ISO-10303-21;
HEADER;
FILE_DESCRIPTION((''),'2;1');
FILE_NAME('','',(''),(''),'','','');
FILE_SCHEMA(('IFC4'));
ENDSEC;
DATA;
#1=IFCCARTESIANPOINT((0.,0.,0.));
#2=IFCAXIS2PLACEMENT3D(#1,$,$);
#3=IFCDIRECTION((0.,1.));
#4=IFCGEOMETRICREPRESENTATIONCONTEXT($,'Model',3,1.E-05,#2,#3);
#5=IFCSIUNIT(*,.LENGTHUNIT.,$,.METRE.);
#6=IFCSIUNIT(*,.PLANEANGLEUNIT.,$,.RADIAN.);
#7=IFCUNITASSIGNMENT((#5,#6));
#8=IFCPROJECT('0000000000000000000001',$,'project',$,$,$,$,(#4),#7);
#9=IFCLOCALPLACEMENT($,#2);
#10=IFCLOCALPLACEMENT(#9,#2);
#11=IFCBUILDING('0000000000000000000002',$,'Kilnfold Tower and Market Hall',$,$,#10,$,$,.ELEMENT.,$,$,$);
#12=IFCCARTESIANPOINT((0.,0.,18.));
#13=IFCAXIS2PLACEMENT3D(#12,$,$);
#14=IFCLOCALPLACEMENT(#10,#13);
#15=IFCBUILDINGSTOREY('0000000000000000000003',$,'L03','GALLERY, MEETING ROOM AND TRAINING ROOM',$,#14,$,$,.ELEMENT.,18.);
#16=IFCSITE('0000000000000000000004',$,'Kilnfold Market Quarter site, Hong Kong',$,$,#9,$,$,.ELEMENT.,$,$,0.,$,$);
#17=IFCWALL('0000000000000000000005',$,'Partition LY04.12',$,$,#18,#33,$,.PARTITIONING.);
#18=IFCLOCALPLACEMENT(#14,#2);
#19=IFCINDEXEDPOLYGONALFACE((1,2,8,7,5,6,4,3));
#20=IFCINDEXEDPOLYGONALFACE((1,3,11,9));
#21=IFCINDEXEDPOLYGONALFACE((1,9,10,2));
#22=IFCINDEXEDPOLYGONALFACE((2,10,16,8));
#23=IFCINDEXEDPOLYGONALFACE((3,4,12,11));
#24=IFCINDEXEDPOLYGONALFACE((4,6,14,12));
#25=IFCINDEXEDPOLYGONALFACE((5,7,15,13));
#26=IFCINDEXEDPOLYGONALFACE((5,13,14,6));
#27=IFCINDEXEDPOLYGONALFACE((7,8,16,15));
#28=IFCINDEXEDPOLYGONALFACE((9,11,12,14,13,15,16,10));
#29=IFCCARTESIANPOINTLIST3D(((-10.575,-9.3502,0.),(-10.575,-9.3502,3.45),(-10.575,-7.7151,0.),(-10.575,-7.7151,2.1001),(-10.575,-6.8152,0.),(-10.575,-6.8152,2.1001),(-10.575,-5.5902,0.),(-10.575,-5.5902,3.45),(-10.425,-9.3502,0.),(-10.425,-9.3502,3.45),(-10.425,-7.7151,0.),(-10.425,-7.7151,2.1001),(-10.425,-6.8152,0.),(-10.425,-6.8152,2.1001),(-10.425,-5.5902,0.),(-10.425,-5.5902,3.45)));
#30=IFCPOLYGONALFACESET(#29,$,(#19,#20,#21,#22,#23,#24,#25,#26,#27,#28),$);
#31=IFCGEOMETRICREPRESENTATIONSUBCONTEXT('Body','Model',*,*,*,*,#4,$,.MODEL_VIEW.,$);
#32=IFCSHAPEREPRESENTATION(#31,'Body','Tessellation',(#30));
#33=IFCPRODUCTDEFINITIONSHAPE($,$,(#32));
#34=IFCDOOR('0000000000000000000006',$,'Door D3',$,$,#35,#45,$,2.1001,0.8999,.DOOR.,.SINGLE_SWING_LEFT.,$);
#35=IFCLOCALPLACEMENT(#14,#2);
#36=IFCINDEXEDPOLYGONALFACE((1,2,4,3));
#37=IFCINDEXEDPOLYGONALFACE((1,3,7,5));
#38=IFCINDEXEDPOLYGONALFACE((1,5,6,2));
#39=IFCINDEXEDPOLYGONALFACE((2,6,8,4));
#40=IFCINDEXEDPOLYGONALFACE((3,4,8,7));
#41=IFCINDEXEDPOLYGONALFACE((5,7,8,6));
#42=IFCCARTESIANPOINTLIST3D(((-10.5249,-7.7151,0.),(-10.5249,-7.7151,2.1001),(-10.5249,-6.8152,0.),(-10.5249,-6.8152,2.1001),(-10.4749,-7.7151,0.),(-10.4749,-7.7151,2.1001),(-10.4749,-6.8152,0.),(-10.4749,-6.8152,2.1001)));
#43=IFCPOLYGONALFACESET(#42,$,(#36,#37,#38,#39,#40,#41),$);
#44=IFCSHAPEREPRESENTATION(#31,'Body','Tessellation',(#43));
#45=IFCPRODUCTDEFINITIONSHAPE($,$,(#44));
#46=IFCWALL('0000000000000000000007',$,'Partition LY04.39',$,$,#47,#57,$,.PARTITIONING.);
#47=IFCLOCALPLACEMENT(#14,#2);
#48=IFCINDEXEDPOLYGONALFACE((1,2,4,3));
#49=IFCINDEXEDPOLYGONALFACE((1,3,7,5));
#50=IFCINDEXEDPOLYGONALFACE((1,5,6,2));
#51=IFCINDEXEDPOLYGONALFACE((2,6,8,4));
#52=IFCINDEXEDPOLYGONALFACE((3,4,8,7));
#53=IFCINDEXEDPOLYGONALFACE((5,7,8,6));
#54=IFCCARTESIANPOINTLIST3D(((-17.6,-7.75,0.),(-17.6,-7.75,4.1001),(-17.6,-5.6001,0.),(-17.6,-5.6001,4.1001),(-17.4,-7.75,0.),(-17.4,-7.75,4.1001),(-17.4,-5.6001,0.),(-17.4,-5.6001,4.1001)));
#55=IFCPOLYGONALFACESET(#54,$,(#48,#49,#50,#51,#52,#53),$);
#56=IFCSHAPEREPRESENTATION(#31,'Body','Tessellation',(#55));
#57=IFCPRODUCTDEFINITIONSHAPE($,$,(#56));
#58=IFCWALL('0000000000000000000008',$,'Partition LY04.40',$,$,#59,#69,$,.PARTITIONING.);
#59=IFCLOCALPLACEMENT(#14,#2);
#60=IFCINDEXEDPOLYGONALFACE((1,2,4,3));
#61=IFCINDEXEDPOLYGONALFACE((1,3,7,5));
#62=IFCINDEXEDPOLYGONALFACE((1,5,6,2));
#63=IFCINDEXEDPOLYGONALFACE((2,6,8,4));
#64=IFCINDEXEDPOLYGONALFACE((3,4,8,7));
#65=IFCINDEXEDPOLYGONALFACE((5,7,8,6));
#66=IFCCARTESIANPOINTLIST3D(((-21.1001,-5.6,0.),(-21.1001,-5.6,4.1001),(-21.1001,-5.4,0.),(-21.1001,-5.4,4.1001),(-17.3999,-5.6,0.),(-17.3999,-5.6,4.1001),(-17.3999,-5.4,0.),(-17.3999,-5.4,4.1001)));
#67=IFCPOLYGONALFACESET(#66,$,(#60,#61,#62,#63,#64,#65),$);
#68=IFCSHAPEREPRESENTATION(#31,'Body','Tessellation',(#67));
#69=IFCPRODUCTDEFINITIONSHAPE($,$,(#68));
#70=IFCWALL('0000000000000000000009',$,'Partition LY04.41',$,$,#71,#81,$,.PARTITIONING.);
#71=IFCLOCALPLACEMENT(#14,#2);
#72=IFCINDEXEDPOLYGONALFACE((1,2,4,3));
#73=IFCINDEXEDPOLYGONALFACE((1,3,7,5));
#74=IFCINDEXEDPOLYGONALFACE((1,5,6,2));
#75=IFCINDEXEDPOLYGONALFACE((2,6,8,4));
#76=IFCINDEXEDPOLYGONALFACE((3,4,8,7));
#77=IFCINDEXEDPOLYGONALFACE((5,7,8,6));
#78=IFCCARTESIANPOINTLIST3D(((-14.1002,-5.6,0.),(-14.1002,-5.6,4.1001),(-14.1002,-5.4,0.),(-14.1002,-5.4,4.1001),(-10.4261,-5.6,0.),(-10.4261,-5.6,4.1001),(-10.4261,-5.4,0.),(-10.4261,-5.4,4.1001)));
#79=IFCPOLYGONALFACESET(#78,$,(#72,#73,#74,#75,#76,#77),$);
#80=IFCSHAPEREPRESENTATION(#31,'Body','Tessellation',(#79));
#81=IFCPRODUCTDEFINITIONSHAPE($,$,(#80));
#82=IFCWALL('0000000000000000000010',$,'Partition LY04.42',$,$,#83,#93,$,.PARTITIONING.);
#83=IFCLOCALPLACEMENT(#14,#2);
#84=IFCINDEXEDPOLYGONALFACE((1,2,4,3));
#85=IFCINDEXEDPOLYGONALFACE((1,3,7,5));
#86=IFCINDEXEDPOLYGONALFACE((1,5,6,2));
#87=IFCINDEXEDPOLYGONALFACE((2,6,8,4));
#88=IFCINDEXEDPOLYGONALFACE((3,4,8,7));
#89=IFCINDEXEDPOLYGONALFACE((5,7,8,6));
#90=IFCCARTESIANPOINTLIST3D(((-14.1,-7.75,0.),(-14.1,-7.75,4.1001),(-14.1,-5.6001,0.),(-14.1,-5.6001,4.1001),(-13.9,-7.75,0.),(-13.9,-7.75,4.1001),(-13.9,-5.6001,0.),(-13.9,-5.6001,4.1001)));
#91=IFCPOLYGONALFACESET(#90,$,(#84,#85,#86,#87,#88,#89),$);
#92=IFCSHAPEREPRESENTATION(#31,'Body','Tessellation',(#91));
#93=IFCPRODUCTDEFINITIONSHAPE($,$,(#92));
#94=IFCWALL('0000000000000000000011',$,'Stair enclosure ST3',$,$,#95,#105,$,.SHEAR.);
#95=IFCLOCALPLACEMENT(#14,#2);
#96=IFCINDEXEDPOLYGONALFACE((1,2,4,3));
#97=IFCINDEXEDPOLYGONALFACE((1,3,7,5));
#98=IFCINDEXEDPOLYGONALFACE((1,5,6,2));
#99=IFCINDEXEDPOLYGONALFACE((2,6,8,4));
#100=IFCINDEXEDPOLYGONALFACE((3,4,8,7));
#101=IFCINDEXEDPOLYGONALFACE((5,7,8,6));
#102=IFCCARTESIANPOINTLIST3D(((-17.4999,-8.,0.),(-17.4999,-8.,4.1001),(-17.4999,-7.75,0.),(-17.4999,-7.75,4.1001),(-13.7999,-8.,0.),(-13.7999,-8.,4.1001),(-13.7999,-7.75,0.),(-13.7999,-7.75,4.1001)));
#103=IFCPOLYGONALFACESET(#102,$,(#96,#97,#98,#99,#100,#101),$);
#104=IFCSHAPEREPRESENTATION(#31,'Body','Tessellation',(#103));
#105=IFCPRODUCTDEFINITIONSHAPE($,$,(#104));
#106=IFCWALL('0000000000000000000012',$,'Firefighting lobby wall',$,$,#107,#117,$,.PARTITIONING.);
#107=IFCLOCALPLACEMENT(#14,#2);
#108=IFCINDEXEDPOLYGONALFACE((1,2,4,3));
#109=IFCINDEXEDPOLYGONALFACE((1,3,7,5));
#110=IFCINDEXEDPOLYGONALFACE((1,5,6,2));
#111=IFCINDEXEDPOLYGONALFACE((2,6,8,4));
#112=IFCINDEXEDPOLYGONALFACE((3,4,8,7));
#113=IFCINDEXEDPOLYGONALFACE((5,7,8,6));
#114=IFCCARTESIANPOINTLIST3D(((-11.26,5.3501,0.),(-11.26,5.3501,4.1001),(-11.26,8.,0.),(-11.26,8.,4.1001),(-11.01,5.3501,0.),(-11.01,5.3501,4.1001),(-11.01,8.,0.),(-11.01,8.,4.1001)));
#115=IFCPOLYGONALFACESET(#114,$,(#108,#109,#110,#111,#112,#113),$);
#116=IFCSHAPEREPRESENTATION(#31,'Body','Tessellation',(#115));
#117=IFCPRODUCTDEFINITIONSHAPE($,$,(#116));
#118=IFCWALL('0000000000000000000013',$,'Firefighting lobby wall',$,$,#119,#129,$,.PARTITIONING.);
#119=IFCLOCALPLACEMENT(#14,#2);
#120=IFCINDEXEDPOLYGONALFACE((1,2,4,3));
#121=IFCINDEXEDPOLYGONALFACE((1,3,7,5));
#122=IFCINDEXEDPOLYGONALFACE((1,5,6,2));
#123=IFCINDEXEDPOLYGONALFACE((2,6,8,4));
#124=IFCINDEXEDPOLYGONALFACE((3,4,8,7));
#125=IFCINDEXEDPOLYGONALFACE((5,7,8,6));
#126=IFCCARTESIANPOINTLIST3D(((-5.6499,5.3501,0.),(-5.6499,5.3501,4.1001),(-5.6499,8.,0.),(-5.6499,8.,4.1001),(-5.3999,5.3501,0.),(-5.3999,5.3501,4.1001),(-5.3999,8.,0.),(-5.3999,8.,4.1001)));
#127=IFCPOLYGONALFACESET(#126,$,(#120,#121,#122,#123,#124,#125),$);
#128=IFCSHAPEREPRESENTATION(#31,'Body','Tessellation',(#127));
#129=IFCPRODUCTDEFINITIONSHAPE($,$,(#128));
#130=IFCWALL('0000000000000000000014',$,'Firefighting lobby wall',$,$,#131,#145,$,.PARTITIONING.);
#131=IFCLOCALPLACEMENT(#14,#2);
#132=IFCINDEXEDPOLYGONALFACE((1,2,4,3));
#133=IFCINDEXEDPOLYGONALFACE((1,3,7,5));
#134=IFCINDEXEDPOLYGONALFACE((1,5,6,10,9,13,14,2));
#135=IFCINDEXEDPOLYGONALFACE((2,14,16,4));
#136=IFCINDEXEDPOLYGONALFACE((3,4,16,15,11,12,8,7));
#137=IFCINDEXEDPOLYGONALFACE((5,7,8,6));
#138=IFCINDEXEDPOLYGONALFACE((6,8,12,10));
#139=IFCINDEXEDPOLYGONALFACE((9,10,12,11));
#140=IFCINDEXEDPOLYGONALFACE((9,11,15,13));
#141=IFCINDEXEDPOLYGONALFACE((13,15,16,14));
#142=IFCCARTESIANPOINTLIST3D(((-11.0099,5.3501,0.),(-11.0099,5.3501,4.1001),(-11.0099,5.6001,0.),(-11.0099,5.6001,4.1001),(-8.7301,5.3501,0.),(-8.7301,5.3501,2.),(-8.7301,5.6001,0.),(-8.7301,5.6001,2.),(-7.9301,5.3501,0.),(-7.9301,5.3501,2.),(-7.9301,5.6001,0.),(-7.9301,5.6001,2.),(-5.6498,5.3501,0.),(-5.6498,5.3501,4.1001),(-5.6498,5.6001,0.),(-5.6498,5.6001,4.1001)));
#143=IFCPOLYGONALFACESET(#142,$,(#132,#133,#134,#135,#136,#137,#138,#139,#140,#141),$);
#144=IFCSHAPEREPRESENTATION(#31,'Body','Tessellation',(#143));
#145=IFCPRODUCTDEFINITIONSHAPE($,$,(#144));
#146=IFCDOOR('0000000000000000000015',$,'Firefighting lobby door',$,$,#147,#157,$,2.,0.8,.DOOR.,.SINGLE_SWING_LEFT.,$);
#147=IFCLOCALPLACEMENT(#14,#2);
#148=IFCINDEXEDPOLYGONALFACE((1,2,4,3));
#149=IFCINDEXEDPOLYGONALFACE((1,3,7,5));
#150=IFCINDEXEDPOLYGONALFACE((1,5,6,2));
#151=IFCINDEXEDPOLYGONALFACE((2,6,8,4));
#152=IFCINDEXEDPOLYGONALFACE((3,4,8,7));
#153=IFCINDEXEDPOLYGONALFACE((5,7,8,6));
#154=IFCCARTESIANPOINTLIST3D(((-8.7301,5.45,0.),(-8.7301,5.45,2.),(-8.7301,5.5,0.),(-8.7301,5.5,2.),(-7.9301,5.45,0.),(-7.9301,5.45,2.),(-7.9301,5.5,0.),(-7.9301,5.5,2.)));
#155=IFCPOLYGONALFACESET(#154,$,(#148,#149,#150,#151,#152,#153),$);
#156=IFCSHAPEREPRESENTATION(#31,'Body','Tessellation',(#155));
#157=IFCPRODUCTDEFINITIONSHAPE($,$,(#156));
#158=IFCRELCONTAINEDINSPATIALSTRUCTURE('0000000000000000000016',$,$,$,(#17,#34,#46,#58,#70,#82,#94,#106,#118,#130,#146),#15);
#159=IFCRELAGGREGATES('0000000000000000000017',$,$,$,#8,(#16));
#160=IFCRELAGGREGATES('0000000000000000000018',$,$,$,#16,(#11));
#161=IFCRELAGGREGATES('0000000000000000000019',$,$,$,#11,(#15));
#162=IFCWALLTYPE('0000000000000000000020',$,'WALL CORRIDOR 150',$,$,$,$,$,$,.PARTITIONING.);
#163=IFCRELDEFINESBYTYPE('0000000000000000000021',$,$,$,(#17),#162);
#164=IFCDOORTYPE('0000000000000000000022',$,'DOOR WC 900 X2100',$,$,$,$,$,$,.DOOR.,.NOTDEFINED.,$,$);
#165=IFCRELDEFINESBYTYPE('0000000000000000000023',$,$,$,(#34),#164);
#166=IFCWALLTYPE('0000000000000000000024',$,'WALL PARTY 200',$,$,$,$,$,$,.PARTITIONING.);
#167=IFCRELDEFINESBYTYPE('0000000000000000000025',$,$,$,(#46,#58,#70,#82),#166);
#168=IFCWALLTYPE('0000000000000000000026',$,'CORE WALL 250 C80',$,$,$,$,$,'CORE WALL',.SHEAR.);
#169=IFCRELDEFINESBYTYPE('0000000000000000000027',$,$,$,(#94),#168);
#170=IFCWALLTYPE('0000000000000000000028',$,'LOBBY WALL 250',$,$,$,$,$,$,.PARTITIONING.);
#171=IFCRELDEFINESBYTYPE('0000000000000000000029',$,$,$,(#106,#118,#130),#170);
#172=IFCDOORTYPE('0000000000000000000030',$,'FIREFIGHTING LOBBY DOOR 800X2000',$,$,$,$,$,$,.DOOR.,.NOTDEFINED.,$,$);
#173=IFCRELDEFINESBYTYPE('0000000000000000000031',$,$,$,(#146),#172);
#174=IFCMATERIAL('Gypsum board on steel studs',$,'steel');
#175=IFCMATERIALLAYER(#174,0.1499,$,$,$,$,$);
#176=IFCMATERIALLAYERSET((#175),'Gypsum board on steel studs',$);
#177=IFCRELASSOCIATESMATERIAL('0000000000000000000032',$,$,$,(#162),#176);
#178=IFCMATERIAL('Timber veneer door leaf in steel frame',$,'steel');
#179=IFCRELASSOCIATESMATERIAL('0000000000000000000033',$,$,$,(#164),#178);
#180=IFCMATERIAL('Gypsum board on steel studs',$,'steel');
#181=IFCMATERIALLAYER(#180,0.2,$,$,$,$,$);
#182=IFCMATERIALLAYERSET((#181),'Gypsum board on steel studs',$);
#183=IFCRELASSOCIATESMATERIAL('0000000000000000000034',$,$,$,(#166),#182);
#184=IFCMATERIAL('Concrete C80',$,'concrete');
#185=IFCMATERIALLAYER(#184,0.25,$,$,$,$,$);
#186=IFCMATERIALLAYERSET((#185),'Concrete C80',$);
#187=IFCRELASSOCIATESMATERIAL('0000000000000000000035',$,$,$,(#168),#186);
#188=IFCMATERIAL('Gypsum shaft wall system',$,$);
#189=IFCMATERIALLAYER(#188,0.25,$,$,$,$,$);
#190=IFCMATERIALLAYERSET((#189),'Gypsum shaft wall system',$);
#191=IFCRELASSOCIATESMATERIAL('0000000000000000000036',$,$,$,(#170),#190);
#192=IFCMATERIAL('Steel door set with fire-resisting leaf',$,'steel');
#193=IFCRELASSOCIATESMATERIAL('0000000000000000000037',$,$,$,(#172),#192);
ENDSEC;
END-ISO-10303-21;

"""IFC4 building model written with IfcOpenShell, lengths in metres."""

from ifc_helpers import new_model, si_unit, direction, frame, frame_2d, origin, place, context, subcontext, project, spatial, rectangle, extrude, source, transform, mapped, material, layer, layer_set, type_object, element, fill, save


model = new_model("IFC4")

# Units and contexts
model_context = context("Model", 3, precision=1e-05, world=origin(), true_north=direction((0.0, 1.0)))
body_context = subcontext(model_context, "Body", "Model", "MODEL_VIEW")
ifc_project = project(units=[si_unit("LENGTHUNIT", "METRE"), si_unit("PLANEANGLEUNIT", "RADIAN")], contexts=[model_context])

# Site, building, storey
site_placement = place(None, origin())
site = spatial("IfcSite", under=ifc_project, at=site_placement, Name="Kilnfold Market Quarter site, Hong Kong", CompositionType="ELEMENT", RefElevation=0.0)
building_placement = place(site_placement, origin())
building = spatial("IfcBuilding", under=site, at=building_placement, Name="Kilnfold Tower and Market Hall", CompositionType="ELEMENT")
storey_placement = place(building_placement, frame((0.0, 0.0, 18.0)))
storey = spatial("IfcBuildingStorey", under=building, at=storey_placement, Name="L03", Description="GALLERY, MEETING ROOM AND TRAINING ROOM", CompositionType="ELEMENT", Elevation=18.0)

# Shared definitions
ifc_material_1 = material(Name="Gypsum board on steel studs", Category="steel")
ifc_layer_1 = layer(ifc_material_1, 0.1499)
ifc_layer_set_1 = layer_set([ifc_layer_1], Name="Gypsum board on steel studs")
wall_type_1 = type_object("IfcWallType", Name="WALL CORRIDOR 150", PredefinedType="PARTITIONING", material=ifc_layer_set_1)

# Wall, opening, door
wall_1_placement = place(storey_placement, frame((-10.5, -9.3501, 0.0), z_axis=(0.0, 0.0, 1.0), x_axis=(0.0, 1.0, 0.0)))
wall_1 = element("IfcWall", 1, at=wall_1_placement, inside=storey, type_object=wall_type_1, Name="Partition LY04.12", PredefinedType="PARTITIONING", context=body_context, shape_type="SweptSolid", body=[
    extrude(rectangle(XDim=3.76, YDim=0.1499, at=frame_2d((1.8799, 0.0))), origin(), (0.0, 0.0, 1.0), 3.45),
])
opening_1_placement = place(wall_1_placement, frame((1.635, 0.0, 0.0)))
opening_1 = element("IfcOpeningElement", 2, at=opening_1_placement, cuts=wall_1, PredefinedType="OPENING", context=body_context, shape_type="SweptSolid", body=[
    extrude(rectangle(XDim=0.8999, YDim=2.1001, at=frame_2d((0.45, 1.05))), frame((0.0, 0.085, 0.0), z_axis=(0.0, -1.0, 0.0), x_axis=(1.0, 0.0, 0.0)), (0.0, 0.0, 1.0), 0.1699),
])
ifc_material_2 = material(Name="Timber veneer door leaf in steel frame", Category="steel")
door_type_1 = type_object("IfcDoorType", Name="DOOR WC 900 X2100", OperationType="NOTDEFINED", PredefinedType="DOOR", material=ifc_material_2)
door_1_placement = place(opening_1_placement, origin())
door_1 = element("IfcDoor", 3, at=door_1_placement, inside=storey, type_object=door_type_1, Name="Door D3", OperationType="SINGLE_SWING_LEFT", OverallHeight=2.1001, OverallWidth=0.8999, PredefinedType="DOOR", context=body_context, shape_type="SweptSolid", body=[
    extrude(rectangle(XDim=0.8999, YDim=2.1001, at=frame_2d((0.45, 1.05))), frame((0.0, 0.0249, 0.0), z_axis=(0.0, -1.0, 0.0), x_axis=(1.0, 0.0, 0.0)), (0.0, 0.0, 1.0), 0.05),
])
fill(opening_1, door_1)

# Walls
ifc_material_3 = material(Name="Gypsum board on steel studs", Category="steel")
ifc_layer_2 = layer(ifc_material_3, 0.2)
ifc_layer_set_2 = layer_set([ifc_layer_2], Name="Gypsum board on steel studs")
wall_type_2 = type_object("IfcWallType", Name="WALL PARTY 200", PredefinedType="PARTITIONING", material=ifc_layer_set_2)
wall_2_placement = place(storey_placement, frame((-17.5, -7.75, 0.0), z_axis=(0.0, 0.0, 1.0), x_axis=(0.0, 1.0, 0.0)))
element("IfcWall", 4, at=wall_2_placement, inside=storey, type_object=wall_type_2, Name="Partition LY04.39", PredefinedType="PARTITIONING", context=body_context, shape_type="SweptSolid", body=[
    extrude(rectangle(XDim=2.1499, YDim=0.2, at=frame_2d((1.075, 0.0))), origin(), (0.0, 0.0, 1.0), 4.1001),
])
wall_3_placement = place(storey_placement, frame((-21.1001, -5.5, 0.0), z_axis=(0.0, 0.0, 1.0), x_axis=(1.0, 0.0, 0.0)))
element("IfcWall", 5, at=wall_3_placement, inside=storey, type_object=wall_type_2, Name="Partition LY04.40", PredefinedType="PARTITIONING", context=body_context, shape_type="SweptSolid", body=[
    extrude(rectangle(XDim=3.7002, YDim=0.2, at=frame_2d((1.8501, 0.0))), origin(), (0.0, 0.0, 1.0), 4.1001),
])
wall_4_placement = place(storey_placement, frame((-14.1001, -5.5, 0.0), z_axis=(0.0, 0.0, 1.0), x_axis=(1.0, 0.0, 0.0)))
element("IfcWall", 6, at=wall_4_placement, inside=storey, type_object=wall_type_2, Name="Partition LY04.41", PredefinedType="PARTITIONING", context=body_context, shape_type="SweptSolid", body=[
    extrude(rectangle(XDim=3.6741, YDim=0.2, at=frame_2d((1.8369, 0.0))), origin(), (0.0, 0.0, 1.0), 4.1001),
])
wall_5_placement = place(storey_placement, frame((-14.0, -7.75, 0.0), z_axis=(0.0, 0.0, 1.0), x_axis=(0.0, 1.0, 0.0)))
element("IfcWall", 7, at=wall_5_placement, inside=storey, type_object=wall_type_2, Name="Partition LY04.42", PredefinedType="PARTITIONING", context=body_context, shape_type="SweptSolid", body=[
    extrude(rectangle(XDim=2.1499, YDim=0.2, at=frame_2d((1.075, 0.0))), origin(), (0.0, 0.0, 1.0), 4.1001),
])
ifc_material_4 = material(Name="Concrete C80", Category="concrete")
ifc_layer_3 = layer(ifc_material_4, 0.25)
ifc_layer_set_3 = layer_set([ifc_layer_3], Name="Concrete C80")
wall_type_3 = type_object("IfcWallType", Name="CORE WALL 250 C80", ElementType="CORE WALL", PredefinedType="SHEAR", material=ifc_layer_set_3)
shared_shape_1 = source(origin(), body_context, "Body", "SweptSolid", [
    extrude(rectangle(XDim=3.7, YDim=0.25, at=frame_2d((1.8501, 0.0))), origin(), (0.0, 0.0, 1.0), 4.1001),
])
wall_6_placement = place(storey_placement, frame((-17.5, -7.875, 0.0), z_axis=(0.0, 0.0, 1.0), x_axis=(1.0, 0.0, 0.0)))
element("IfcWall", 8, at=wall_6_placement, inside=storey, type_object=wall_type_3, Name="Stair enclosure ST3", PredefinedType="SHEAR", context=body_context, shape_type="MappedRepresentation", body=[
    mapped(shared_shape_1, transform((0.0, 0.0, 0.0))),
])
ifc_material_5 = material(Name="Gypsum shaft wall system")
ifc_layer_4 = layer(ifc_material_5, 0.25)
ifc_layer_set_4 = layer_set([ifc_layer_4], Name="Gypsum shaft wall system")
wall_type_4 = type_object("IfcWallType", Name="LOBBY WALL 250", PredefinedType="PARTITIONING", material=ifc_layer_set_4)
shared_shape_2 = source(origin(), body_context, "Body", "SweptSolid", [
    extrude(rectangle(XDim=2.6499, YDim=0.25, at=frame_2d((1.325, 0.0))), origin(), (0.0, 0.0, 1.0), 4.1001),
])
for number, where, z_axis, x_axis, name in (
    (9, (-11.135, 5.3501, 0.0), (0.0, 0.0, 1.0), (0.0, 1.0, 0.0), "Firefighting lobby wall"),
    (10, (-5.5249, 5.3501, 0.0), (0.0, 0.0, 1.0), (0.0, 1.0, 0.0), "Firefighting lobby wall"),
):
    element("IfcWall", number, at=place(storey_placement, frame(where, z_axis=z_axis, x_axis=x_axis)), inside=storey, type_object=wall_type_4, Name=name, PredefinedType="PARTITIONING", context=body_context, shape_type="MappedRepresentation", body=[
        mapped(shared_shape_2, transform((0.0, 0.0, 0.0))),
    ])

# Wall, opening, door
shared_shape_3 = source(origin(), body_context, "Body", "SweptSolid", [
    extrude(rectangle(XDim=5.3601, YDim=0.25, at=frame_2d((2.6802, 0.0))), origin(), (0.0, 0.0, 1.0), 4.1001),
])
wall_7_placement = place(storey_placement, frame((-11.01, 5.4751, 0.0), z_axis=(0.0, 0.0, 1.0), x_axis=(1.0, 0.0, 0.0)))
wall_7 = element("IfcWall", 11, at=wall_7_placement, inside=storey, type_object=wall_type_4, Name="Firefighting lobby wall", PredefinedType="PARTITIONING", context=body_context, shape_type="MappedRepresentation", body=[
    mapped(shared_shape_3, transform((0.0, 0.0, 0.0))),
])
opening_2_placement = place(wall_7_placement, frame((2.28, 0.0, 0.0)))
opening_2 = element("IfcOpeningElement", 12, at=opening_2_placement, cuts=wall_7, PredefinedType="OPENING", context=body_context, shape_type="SweptSolid", body=[
    extrude(rectangle(XDim=0.8, YDim=2.0, at=frame_2d((0.3999, 1.0))), frame((0.0, 0.135, 0.0), z_axis=(0.0, -1.0, 0.0), x_axis=(1.0, 0.0, 0.0)), (0.0, 0.0, 1.0), 0.27),
])
ifc_material_6 = material(Name="Steel door set with fire-resisting leaf", Category="steel")
door_type_2 = type_object("IfcDoorType", Name="FIREFIGHTING LOBBY DOOR 800X2000", OperationType="NOTDEFINED", PredefinedType="DOOR", material=ifc_material_6)
door_2_placement = place(opening_2_placement, origin())
door_2 = element("IfcDoor", 13, at=door_2_placement, inside=storey, type_object=door_type_2, Name="Firefighting lobby door", OperationType="SINGLE_SWING_LEFT", OverallHeight=2.0, OverallWidth=0.8, PredefinedType="DOOR", context=body_context, shape_type="SweptSolid", body=[
    extrude(rectangle(XDim=0.8, YDim=2.0, at=frame_2d((0.3999, 1.0))), frame((0.0, 0.0249, 0.0), z_axis=(0.0, -1.0, 0.0), x_axis=(1.0, 0.0, 0.0)), (0.0, 0.0, 1.0), 0.05),
])
fill(opening_2, door_2)

save(model, "model.ifc")
